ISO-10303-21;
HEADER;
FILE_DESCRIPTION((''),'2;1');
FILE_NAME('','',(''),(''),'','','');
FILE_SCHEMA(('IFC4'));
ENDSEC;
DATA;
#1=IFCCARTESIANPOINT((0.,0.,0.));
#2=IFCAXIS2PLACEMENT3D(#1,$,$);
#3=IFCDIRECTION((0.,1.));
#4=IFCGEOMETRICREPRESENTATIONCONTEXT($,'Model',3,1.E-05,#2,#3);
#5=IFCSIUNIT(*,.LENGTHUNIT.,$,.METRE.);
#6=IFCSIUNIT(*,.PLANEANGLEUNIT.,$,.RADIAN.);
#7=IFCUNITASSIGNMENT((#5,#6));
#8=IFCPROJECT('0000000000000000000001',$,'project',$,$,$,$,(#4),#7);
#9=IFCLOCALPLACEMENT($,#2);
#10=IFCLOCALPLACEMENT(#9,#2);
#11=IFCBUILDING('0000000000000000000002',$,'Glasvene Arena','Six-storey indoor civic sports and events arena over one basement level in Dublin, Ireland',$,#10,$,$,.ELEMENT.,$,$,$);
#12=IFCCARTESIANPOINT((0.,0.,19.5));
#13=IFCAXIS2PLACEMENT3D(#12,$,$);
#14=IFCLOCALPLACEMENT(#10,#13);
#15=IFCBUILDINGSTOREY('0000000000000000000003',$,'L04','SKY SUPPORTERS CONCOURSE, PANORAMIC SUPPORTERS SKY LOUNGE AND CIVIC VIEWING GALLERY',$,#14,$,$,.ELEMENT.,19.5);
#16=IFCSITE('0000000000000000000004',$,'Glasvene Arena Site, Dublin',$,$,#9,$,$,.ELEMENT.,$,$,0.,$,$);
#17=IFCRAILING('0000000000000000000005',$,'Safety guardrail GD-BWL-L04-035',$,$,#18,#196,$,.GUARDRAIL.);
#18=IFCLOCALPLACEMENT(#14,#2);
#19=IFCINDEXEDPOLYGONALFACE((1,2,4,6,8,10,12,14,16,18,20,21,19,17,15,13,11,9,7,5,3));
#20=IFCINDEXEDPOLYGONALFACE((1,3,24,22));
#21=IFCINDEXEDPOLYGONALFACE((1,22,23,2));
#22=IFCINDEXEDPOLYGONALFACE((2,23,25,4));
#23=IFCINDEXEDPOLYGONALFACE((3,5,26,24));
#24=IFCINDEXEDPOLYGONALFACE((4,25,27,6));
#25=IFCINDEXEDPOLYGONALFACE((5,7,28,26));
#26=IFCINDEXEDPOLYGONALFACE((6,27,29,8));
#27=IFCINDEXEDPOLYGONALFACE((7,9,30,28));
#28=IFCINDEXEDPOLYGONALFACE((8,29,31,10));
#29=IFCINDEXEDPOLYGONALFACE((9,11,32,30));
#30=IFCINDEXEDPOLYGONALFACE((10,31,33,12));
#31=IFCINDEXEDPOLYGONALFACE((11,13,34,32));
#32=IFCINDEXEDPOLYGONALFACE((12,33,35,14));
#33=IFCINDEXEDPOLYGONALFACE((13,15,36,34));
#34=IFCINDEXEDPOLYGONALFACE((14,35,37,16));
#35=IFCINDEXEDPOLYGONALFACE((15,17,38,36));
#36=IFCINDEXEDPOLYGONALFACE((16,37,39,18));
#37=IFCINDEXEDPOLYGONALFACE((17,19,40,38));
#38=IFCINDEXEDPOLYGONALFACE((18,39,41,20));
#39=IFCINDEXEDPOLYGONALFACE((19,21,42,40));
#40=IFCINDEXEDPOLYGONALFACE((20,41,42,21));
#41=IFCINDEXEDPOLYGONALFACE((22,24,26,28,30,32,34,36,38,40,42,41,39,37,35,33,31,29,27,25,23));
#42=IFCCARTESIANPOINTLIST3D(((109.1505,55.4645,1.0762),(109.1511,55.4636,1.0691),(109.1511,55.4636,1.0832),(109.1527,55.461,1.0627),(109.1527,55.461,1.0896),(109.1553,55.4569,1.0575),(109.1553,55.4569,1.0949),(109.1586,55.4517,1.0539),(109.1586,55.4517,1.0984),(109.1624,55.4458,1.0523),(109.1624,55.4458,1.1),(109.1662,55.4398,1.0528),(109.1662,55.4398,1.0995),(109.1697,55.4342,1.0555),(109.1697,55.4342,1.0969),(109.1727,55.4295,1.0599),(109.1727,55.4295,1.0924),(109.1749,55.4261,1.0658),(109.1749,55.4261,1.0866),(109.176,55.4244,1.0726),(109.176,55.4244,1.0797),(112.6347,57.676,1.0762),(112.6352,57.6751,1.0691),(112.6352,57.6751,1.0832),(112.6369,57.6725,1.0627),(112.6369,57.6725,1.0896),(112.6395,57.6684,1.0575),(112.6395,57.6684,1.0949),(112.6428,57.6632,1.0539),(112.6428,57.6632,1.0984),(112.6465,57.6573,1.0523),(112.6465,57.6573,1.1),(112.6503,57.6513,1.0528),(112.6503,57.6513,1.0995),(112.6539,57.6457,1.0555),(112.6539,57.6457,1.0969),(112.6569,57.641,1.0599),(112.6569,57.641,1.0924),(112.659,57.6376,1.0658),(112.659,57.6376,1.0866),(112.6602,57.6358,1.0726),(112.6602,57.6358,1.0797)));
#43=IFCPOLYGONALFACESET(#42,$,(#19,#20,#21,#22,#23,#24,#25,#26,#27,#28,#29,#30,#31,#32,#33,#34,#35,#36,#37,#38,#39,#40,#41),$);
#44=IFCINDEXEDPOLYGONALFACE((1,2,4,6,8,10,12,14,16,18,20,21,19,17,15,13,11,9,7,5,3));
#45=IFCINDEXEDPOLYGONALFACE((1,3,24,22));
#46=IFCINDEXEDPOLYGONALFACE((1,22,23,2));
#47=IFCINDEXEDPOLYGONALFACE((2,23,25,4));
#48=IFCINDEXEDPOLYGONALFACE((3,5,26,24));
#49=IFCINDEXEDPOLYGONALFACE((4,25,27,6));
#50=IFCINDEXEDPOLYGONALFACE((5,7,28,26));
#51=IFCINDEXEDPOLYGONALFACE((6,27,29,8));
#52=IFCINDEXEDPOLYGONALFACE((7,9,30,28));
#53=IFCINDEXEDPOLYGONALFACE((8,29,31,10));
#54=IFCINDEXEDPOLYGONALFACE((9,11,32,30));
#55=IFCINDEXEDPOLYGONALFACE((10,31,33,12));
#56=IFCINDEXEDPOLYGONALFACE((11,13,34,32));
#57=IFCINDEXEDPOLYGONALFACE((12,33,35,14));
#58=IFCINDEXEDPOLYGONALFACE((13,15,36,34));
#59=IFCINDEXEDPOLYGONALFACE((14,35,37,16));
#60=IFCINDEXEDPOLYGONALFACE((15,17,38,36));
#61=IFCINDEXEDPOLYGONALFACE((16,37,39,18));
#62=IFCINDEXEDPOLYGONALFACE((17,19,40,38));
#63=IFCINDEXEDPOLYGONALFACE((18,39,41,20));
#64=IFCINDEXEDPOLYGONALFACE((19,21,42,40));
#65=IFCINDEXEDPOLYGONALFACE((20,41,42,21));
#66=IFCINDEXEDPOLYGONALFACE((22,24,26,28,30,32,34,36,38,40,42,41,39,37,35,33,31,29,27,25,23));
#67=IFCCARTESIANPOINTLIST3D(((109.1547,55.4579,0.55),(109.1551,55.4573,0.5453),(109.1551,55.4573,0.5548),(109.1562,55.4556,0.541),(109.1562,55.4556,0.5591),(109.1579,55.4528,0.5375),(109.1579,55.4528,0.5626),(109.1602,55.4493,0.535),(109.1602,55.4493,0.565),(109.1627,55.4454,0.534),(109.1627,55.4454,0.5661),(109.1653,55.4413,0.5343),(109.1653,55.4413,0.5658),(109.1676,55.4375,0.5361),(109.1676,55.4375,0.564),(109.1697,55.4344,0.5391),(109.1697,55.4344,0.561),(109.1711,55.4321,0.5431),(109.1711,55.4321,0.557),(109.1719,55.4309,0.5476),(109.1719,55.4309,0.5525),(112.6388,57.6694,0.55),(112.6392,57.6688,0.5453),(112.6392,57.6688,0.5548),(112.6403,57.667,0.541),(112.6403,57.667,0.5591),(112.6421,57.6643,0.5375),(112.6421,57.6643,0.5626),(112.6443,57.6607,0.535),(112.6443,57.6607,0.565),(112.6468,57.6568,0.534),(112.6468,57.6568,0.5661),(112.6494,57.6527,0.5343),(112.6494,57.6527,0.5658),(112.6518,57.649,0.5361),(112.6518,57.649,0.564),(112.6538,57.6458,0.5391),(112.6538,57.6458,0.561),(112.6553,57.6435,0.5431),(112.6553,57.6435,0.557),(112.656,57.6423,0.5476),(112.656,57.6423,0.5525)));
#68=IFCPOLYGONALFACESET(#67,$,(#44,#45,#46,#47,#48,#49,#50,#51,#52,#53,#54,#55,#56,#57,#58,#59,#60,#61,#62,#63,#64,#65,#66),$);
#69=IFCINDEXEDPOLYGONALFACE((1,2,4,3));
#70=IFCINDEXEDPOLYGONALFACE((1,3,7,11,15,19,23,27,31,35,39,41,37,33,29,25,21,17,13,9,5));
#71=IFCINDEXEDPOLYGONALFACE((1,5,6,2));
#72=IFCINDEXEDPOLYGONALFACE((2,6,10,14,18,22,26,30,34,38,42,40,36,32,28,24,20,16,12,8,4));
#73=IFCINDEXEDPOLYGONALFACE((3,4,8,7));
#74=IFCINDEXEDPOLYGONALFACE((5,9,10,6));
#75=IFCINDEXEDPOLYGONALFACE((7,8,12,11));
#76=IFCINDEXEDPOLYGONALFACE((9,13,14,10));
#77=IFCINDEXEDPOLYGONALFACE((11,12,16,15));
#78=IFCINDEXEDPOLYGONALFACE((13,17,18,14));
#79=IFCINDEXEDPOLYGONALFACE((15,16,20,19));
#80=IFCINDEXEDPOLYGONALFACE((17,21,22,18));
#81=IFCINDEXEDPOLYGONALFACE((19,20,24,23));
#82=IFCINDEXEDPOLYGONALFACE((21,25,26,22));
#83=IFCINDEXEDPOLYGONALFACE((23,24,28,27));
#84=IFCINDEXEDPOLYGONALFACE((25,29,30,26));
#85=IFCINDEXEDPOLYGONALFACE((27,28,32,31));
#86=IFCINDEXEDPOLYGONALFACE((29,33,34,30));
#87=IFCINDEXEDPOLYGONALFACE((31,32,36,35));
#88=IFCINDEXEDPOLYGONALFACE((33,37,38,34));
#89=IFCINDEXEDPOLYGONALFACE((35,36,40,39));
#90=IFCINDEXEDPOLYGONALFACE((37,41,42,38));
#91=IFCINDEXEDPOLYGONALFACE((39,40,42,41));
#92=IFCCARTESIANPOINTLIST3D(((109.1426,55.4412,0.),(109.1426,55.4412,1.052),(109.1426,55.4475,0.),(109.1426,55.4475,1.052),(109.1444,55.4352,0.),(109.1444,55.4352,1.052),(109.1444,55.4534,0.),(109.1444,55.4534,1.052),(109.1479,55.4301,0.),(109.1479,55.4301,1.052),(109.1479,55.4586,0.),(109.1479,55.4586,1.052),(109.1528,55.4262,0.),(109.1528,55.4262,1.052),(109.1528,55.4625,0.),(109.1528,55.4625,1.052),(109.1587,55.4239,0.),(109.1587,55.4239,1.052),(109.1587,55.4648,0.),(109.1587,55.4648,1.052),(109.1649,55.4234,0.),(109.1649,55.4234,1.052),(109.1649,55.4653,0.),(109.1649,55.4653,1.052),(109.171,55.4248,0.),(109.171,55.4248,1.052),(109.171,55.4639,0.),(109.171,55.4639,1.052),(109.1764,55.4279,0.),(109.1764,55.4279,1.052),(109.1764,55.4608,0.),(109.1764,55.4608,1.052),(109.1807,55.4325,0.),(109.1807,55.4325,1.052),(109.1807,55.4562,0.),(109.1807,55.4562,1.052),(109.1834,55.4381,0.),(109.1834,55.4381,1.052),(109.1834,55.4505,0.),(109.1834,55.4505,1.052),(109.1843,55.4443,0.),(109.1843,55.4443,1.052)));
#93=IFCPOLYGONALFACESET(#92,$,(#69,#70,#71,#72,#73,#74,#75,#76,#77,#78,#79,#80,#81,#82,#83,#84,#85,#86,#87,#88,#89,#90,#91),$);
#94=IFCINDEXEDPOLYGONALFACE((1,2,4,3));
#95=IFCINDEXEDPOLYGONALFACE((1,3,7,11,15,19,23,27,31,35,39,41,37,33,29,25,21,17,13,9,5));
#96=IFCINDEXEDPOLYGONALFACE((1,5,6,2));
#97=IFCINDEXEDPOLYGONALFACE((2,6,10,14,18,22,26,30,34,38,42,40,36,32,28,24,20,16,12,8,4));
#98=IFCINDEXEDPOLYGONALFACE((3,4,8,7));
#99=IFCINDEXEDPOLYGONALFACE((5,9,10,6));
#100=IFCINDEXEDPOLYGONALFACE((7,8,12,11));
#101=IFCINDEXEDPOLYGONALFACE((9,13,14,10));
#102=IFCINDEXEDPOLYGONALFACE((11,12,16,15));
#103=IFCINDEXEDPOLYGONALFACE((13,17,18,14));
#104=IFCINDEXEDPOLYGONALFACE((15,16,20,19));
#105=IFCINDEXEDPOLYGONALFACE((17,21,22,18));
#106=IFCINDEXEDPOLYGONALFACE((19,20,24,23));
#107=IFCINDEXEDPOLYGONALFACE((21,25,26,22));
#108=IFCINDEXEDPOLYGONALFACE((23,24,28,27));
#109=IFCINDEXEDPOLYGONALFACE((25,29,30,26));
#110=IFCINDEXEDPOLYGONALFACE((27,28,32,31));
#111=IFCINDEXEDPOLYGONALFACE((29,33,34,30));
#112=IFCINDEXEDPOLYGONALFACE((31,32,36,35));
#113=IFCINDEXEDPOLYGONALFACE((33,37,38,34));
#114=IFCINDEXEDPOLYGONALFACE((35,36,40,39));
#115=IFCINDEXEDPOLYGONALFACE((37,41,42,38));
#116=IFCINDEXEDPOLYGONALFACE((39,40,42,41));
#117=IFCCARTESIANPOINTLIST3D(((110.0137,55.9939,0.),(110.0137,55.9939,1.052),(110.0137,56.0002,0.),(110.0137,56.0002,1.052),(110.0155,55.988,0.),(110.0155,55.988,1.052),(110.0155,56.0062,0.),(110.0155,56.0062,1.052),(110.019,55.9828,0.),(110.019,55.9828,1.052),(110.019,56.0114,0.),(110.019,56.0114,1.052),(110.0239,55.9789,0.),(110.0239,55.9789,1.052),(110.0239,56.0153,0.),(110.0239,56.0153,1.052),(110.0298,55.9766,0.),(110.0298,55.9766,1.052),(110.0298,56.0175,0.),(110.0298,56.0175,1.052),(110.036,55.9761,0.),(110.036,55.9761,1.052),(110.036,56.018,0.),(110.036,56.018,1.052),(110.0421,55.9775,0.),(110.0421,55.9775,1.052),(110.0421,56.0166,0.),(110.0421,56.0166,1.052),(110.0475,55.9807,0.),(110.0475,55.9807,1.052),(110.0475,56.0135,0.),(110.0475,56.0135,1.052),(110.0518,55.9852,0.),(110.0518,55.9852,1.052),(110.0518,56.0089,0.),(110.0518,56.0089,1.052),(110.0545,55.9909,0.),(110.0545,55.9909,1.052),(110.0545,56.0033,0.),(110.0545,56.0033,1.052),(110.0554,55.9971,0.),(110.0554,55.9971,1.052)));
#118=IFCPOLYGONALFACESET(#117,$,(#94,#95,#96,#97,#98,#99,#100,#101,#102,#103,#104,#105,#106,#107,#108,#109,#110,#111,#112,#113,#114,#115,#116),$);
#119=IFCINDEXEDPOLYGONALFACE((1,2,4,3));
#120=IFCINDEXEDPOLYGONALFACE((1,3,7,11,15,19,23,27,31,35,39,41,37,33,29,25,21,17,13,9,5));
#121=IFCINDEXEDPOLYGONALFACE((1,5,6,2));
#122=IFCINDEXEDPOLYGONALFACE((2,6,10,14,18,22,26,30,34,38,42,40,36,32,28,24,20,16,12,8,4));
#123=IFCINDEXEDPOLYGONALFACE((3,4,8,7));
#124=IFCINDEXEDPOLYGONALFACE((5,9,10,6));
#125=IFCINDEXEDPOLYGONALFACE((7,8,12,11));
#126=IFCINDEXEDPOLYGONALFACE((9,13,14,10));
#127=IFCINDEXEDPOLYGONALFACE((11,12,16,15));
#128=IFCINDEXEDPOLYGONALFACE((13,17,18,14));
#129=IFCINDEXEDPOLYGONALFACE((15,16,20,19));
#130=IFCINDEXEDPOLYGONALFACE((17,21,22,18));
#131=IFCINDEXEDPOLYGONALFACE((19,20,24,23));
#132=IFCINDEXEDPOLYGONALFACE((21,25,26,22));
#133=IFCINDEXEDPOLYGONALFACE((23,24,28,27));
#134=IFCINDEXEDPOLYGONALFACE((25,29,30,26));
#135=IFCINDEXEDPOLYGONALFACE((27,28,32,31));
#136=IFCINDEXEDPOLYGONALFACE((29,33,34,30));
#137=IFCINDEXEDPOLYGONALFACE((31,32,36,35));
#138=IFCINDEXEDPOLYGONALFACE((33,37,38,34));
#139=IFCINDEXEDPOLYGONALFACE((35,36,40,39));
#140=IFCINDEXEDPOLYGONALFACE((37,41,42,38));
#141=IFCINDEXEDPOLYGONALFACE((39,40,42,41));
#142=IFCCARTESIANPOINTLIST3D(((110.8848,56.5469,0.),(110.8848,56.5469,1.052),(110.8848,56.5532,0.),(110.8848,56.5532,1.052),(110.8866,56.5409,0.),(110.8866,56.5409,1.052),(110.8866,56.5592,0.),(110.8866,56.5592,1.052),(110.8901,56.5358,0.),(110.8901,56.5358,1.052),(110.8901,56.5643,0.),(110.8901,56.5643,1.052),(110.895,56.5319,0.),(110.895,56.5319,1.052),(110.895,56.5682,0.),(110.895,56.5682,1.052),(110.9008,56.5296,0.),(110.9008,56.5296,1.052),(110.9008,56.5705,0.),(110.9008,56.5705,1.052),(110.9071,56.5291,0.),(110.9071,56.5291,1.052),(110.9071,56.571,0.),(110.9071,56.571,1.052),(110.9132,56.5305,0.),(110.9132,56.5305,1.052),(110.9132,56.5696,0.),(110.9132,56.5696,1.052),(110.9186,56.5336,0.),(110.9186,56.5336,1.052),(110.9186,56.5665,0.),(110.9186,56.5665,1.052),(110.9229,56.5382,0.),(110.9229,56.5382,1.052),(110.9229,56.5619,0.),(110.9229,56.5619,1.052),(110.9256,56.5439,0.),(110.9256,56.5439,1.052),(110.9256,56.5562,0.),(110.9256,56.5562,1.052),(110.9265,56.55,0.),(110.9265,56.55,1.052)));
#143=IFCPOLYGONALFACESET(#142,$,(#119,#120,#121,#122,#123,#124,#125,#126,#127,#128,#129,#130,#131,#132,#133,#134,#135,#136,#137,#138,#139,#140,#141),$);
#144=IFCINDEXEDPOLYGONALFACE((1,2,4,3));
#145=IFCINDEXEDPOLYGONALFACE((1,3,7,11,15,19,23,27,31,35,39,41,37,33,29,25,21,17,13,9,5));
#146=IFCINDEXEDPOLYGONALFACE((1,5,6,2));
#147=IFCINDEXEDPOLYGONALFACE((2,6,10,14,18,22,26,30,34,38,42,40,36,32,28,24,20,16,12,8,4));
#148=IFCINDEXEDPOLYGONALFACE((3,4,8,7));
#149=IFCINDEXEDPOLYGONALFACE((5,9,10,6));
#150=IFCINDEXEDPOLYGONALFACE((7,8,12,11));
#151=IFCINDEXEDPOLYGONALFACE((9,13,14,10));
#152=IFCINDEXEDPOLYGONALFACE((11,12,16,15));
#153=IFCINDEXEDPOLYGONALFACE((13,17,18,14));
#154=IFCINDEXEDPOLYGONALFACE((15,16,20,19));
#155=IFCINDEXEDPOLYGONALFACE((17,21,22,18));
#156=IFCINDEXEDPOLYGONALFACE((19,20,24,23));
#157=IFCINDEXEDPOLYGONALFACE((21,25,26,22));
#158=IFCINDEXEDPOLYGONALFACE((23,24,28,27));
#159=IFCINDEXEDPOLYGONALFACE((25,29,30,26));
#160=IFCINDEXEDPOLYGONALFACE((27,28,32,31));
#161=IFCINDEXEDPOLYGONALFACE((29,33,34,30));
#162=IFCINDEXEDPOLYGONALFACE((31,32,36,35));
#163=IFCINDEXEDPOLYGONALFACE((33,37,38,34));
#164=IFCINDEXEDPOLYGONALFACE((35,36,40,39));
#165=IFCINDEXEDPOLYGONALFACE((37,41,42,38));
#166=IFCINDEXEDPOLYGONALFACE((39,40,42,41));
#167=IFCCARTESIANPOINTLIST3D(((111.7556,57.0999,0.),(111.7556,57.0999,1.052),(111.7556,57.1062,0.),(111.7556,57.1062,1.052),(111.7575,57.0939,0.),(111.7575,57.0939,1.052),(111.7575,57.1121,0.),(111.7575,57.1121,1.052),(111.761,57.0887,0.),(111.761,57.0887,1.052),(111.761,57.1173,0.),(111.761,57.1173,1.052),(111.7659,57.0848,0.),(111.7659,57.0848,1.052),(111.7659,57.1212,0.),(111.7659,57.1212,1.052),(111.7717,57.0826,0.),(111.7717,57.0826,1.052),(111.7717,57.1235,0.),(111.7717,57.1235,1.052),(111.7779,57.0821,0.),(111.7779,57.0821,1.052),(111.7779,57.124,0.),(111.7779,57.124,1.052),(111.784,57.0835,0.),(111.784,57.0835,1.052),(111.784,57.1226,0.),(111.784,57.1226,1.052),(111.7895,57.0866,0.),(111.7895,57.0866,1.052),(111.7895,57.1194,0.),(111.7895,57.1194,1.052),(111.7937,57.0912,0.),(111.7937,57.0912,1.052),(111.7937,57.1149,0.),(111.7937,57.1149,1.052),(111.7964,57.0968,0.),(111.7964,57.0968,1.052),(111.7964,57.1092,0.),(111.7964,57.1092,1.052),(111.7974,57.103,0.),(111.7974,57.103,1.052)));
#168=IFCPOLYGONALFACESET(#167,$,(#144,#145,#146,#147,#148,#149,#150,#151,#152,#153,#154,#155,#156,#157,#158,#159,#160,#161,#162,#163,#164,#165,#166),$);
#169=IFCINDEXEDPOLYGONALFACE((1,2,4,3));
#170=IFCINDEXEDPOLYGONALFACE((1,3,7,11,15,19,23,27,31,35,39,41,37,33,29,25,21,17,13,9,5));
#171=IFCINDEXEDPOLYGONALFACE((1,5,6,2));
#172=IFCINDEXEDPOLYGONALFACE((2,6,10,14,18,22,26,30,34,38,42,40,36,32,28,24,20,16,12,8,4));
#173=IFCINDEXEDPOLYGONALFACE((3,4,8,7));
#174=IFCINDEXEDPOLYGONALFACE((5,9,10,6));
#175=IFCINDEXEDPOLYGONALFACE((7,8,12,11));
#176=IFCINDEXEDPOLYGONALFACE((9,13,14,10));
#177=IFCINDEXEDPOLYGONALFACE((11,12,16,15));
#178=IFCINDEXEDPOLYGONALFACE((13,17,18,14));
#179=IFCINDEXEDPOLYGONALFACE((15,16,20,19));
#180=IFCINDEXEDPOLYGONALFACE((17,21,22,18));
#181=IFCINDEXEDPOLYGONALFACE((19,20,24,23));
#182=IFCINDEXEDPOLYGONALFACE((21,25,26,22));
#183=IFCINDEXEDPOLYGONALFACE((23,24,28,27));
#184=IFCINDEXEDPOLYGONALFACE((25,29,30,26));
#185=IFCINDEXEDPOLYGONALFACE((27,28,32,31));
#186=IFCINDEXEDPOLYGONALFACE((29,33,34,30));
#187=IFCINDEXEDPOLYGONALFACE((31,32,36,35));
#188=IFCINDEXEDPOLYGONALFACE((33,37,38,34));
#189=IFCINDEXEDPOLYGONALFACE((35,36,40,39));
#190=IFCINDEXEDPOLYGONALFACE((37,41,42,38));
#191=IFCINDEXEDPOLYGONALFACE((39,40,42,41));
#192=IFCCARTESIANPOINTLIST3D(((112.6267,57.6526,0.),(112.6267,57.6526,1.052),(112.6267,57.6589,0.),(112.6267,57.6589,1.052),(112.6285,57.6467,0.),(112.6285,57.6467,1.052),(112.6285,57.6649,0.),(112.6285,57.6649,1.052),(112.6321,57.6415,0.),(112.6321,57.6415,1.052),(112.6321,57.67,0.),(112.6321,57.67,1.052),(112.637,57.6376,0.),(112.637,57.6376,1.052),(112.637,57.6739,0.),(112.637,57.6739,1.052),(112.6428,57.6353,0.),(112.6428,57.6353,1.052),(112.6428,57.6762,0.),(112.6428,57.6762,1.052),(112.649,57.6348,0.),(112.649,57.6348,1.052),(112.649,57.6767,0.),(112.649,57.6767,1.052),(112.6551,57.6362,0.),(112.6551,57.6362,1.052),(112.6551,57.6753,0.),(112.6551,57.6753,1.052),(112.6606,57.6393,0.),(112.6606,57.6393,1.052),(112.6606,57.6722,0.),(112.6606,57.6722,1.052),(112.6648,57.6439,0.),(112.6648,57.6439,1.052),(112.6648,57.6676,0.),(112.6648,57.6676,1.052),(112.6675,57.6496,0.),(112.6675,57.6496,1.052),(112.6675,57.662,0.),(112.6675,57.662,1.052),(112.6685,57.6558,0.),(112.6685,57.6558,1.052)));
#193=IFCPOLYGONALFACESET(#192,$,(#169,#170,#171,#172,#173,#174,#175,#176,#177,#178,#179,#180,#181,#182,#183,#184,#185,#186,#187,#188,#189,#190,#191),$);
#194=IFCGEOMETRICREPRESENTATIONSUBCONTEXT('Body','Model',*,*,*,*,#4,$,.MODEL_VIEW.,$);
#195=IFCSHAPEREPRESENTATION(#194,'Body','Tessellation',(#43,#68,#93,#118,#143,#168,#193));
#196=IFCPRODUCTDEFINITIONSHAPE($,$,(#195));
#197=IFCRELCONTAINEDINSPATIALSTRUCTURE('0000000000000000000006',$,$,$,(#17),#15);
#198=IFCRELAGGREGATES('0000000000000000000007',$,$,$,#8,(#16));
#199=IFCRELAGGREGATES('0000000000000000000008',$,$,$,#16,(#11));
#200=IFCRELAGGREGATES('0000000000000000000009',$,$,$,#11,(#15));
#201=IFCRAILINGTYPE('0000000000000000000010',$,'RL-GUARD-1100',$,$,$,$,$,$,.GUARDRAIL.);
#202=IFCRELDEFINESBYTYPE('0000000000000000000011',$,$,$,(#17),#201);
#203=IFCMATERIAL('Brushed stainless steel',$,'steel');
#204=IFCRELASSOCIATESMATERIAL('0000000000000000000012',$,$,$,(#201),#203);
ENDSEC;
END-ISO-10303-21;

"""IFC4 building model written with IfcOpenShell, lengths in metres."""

from ifc_helpers import new_model, si_unit, direction, frame, origin, origin_2d, place, context, subcontext, project, spatial, circle, extrude, material, type_object, element, save


model = new_model("IFC4")

# Units and contexts
model_context = context("Model", 3, precision=1e-05, world=origin(), true_north=direction((0.0, 1.0)))
body_context = subcontext(model_context, "Body", "Model", "MODEL_VIEW")
ifc_project = project(units=[si_unit("LENGTHUNIT", "METRE"), si_unit("PLANEANGLEUNIT", "RADIAN")], contexts=[model_context])

# Site, building, storey
site_placement = place(None, origin())
site = spatial("IfcSite", under=ifc_project, at=site_placement, Name="Glasvene Arena Site, Dublin", CompositionType="ELEMENT", RefElevation=0.0)
building_placement = place(site_placement, origin())
building = spatial("IfcBuilding", under=site, at=building_placement, Name="Glasvene Arena", Description="Six-storey indoor civic sports and events arena over one basement level in Dublin, Ireland", CompositionType="ELEMENT")
storey_placement = place(building_placement, frame((0.0, 0.0, 19.5)))
storey = spatial("IfcBuildingStorey", under=building, at=storey_placement, Name="L04", Description="SKY SUPPORTERS CONCOURSE, PANORAMIC SUPPORTERS SKY LOUNGE AND CIVIC VIEWING GALLERY", CompositionType="ELEMENT", Elevation=19.5)

# Railing
ifc_material = material(Name="Brushed stainless steel", Category="steel")
railing_type = type_object("IfcRailingType", Name="RL-GUARD-1100", PredefinedType="GUARDRAIL", material=ifc_material)
railing_1_placement = place(storey_placement, frame((109.1633, 55.4443, 0.0)))
element("IfcRailing", 1, at=railing_1_placement, inside=storey, type_object=railing_type, Name="Safety guardrail GD-BWL-L04-035", PredefinedType="GUARDRAIL", context=body_context, shape_type="SweptSolid", body=[
    extrude(circle(Radius=0.0239, at=origin_2d()), frame((0.0, 0.0, 1.0762), z_axis=(0.844292, 0.535884, 0.0), x_axis=(-0.535884, 0.844292, 0.0)), (0.0, 0.0, 1.0), 4.1267),
    extrude(circle(Radius=0.0161, at=origin_2d()), frame((0.0, 0.0, 0.55), z_axis=(0.844292, 0.535884, 0.0), x_axis=(-0.535884, 0.844292, 0.0)), (0.0, 0.0, 1.0), 4.1267),
    extrude(circle(Radius=0.021, at=origin_2d()), origin(), (0.0, 0.0, 1.0), 1.052),
    extrude(circle(Radius=0.021, at=origin_2d()), frame((0.8711, 0.5527, 0.0)), (0.0, 0.0, 1.0), 1.052),
    extrude(circle(Radius=0.021, at=origin_2d()), frame((1.7422, 1.1057, 0.0)), (0.0, 0.0, 1.0), 1.052),
    extrude(circle(Radius=0.021, at=origin_2d()), frame((2.613, 1.6587, 0.0)), (0.0, 0.0, 1.0), 1.052),
    extrude(circle(Radius=0.021, at=origin_2d()), frame((3.4841, 2.2114, 0.0)), (0.0, 0.0, 1.0), 1.052),
])

save(model, "model.ifc")
